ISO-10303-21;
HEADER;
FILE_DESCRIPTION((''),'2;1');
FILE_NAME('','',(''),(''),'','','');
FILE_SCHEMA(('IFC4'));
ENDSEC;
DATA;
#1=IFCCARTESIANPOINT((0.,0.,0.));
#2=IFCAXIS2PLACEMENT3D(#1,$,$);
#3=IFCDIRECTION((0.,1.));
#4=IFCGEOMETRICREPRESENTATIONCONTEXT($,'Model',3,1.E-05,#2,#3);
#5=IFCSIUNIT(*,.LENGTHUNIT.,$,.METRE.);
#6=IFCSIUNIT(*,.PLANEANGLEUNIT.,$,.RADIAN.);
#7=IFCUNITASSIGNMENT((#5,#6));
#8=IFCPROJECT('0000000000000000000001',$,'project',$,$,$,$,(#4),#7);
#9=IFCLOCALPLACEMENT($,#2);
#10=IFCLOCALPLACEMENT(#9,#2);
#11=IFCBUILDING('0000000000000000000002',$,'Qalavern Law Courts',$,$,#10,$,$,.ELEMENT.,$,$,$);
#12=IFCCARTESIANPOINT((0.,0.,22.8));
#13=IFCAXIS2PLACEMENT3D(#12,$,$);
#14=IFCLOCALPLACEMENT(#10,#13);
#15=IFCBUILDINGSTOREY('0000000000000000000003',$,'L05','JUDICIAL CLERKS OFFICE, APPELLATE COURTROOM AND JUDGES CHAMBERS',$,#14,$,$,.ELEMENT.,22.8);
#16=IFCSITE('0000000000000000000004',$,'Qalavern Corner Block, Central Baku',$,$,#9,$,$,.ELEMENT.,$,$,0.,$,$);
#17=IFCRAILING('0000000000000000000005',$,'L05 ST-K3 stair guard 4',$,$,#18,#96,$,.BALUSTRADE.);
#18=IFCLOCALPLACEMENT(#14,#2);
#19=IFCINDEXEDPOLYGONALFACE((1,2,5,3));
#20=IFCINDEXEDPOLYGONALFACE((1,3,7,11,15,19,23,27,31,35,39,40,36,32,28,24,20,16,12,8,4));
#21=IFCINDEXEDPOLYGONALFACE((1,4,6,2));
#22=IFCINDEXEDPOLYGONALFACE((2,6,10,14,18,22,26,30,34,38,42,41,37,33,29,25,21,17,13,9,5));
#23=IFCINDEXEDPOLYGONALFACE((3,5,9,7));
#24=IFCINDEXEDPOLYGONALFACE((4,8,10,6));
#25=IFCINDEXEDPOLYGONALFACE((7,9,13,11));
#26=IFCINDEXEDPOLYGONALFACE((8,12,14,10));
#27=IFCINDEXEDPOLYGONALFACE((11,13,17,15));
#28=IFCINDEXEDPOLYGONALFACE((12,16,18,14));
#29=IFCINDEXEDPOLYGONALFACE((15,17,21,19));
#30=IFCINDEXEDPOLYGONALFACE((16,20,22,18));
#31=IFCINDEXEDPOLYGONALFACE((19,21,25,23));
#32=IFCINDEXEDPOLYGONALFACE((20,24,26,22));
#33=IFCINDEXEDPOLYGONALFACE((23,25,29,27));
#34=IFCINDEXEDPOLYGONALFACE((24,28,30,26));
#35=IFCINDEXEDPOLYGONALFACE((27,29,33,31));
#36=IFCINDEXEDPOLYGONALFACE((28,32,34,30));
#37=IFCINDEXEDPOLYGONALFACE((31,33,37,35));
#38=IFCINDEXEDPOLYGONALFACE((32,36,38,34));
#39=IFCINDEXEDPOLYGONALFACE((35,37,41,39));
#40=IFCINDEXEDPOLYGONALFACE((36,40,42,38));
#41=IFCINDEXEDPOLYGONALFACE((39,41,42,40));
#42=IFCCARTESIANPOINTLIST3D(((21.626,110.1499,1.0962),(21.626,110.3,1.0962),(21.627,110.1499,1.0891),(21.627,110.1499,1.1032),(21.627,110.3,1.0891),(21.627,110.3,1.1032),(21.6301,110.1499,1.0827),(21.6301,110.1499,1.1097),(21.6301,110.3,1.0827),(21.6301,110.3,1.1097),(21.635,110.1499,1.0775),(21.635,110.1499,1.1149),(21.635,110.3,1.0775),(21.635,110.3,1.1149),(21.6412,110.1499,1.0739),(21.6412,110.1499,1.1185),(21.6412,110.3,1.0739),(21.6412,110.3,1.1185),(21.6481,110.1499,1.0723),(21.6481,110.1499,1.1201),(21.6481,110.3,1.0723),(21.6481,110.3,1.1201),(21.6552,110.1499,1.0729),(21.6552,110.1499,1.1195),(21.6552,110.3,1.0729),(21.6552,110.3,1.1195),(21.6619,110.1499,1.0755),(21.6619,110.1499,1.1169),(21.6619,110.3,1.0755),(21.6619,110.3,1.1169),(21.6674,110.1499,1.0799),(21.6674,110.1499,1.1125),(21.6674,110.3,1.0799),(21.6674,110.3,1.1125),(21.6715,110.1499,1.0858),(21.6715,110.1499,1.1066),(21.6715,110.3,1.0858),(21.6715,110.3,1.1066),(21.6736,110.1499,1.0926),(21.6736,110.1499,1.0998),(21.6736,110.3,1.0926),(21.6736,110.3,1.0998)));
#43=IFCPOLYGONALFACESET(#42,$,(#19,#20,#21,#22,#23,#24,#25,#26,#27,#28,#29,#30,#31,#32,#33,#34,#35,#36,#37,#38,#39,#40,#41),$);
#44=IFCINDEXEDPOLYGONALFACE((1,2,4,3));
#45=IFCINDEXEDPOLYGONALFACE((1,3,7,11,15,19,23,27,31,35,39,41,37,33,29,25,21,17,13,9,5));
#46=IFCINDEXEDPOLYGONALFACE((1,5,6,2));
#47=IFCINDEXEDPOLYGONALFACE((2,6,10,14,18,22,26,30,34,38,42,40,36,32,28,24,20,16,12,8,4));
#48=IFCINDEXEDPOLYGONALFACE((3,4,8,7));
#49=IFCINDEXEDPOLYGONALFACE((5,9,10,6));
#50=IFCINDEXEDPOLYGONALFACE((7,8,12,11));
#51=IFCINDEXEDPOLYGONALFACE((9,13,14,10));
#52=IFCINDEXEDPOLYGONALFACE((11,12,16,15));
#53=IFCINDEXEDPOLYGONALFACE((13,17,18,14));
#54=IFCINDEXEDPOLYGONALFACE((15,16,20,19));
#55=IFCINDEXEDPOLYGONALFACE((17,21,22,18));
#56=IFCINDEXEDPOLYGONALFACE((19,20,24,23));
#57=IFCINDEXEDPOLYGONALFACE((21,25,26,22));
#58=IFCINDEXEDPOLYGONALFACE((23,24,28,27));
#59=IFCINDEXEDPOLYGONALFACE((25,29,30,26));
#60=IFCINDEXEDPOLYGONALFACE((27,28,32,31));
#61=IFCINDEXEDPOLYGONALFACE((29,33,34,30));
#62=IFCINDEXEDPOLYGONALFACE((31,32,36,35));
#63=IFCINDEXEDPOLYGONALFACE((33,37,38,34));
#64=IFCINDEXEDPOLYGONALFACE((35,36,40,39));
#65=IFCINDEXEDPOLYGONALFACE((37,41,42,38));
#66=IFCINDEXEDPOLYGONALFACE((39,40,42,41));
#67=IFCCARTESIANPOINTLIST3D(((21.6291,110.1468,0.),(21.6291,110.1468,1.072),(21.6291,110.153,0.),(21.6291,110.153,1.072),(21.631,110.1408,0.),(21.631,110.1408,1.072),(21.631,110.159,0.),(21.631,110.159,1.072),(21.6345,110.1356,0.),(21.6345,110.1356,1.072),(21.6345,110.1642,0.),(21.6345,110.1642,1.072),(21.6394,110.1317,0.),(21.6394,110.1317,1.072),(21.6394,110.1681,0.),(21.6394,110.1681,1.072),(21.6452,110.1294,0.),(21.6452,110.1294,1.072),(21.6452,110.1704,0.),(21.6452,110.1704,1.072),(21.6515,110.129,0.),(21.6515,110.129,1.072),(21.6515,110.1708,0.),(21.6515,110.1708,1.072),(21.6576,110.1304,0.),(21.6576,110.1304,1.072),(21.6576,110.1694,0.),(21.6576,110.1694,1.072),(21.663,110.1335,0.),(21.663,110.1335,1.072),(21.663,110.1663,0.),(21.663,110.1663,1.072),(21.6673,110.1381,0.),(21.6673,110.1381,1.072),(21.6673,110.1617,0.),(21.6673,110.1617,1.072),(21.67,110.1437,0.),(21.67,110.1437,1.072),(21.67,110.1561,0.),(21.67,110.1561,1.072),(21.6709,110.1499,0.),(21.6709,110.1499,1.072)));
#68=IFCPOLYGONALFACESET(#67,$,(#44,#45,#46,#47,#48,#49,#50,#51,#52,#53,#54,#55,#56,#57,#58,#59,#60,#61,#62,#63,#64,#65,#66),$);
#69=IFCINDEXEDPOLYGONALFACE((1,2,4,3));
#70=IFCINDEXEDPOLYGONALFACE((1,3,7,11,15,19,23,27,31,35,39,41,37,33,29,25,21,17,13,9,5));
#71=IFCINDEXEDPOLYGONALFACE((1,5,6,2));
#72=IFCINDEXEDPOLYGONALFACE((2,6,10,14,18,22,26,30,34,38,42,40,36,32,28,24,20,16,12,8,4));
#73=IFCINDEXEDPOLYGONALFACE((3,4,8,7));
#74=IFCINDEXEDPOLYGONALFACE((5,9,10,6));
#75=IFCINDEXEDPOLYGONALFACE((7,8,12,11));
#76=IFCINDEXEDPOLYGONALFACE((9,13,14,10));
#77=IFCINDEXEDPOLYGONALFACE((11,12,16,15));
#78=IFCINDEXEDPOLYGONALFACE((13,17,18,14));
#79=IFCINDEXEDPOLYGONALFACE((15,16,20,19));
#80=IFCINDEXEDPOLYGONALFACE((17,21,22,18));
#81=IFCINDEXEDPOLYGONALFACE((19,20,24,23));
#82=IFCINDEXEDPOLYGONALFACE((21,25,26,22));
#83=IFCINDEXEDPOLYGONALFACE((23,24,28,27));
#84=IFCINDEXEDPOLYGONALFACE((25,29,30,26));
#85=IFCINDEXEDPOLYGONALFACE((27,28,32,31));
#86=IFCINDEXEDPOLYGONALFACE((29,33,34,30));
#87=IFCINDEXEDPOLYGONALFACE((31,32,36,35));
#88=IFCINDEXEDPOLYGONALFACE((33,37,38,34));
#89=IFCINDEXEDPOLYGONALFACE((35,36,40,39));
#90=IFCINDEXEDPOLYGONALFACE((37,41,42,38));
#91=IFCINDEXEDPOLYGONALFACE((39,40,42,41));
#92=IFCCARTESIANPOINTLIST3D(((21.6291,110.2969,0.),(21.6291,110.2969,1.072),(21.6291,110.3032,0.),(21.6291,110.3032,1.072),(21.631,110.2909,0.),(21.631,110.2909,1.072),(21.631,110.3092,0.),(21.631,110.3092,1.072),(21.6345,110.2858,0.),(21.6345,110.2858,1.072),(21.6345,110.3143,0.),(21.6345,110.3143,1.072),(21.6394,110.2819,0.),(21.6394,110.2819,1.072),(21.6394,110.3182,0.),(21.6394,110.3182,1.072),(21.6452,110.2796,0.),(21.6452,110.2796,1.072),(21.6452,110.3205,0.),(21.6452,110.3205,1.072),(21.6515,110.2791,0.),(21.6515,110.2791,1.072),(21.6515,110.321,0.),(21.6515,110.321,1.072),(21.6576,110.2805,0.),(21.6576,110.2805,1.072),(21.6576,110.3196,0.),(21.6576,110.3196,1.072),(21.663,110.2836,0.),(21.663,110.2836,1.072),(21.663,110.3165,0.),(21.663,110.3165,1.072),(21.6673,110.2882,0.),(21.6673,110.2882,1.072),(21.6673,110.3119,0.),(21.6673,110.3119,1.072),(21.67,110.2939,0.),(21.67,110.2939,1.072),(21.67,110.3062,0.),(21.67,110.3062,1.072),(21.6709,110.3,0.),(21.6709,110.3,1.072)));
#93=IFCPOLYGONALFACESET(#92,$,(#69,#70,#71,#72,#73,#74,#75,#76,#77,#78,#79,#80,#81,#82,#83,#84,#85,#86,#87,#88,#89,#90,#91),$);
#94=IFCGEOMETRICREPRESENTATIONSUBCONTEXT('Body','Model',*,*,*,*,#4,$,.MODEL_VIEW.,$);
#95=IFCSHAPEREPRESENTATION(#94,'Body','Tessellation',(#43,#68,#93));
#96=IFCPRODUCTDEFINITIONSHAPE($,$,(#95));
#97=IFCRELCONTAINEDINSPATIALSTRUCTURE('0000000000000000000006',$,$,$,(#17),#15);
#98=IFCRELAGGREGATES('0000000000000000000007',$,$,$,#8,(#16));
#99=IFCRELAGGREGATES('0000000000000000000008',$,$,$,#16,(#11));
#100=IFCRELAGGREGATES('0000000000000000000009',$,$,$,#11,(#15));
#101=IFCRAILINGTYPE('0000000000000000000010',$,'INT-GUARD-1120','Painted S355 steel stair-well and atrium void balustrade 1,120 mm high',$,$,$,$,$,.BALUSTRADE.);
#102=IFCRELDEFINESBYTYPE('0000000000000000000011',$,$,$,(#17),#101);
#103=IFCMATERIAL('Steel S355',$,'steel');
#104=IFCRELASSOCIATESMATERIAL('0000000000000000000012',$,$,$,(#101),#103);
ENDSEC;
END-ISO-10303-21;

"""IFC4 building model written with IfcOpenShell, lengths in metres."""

from ifc_helpers import new_model, si_unit, direction, frame, origin, origin_2d, place, context, subcontext, project, spatial, circle, extrude, material, type_object, element, save


model = new_model("IFC4")

# Units and contexts
model_context = context("Model", 3, precision=1e-05, world=origin(), true_north=direction((0.0, 1.0)))
body_context = subcontext(model_context, "Body", "Model", "MODEL_VIEW")
ifc_project = project(units=[si_unit("LENGTHUNIT", "METRE"), si_unit("PLANEANGLEUNIT", "RADIAN")], contexts=[model_context])

# Site, building, storey
site_placement = place(None, origin())
site = spatial("IfcSite", under=ifc_project, at=site_placement, Name="Qalavern Corner Block, Central Baku", CompositionType="ELEMENT", RefElevation=0.0)
building_placement = place(site_placement, origin())
building = spatial("IfcBuilding", under=site, at=building_placement, Name="Qalavern Law Courts", CompositionType="ELEMENT")
storey_placement = place(building_placement, frame((0.0, 0.0, 22.8)))
storey = spatial("IfcBuildingStorey", under=building, at=storey_placement, Name="L05", Description="JUDICIAL CLERKS OFFICE, APPELLATE COURTROOM AND JUDGES CHAMBERS", CompositionType="ELEMENT", Elevation=22.8)

# Railing
ifc_material_1 = material(Name="Steel S355", Category="steel")
railing_type_1 = type_object("IfcRailingType", Name="INT-GUARD-1120", Description="Painted S355 steel stair-well and atrium void balustrade 1,120 mm high", PredefinedType="BALUSTRADE", material=ifc_material_1)
railing_1_placement = place(storey_placement, frame((21.6499, 110.1499, 0.0)))
element("IfcRailing", 1, at=railing_1_placement, inside=storey, type_object=railing_type_1, Name="L05 ST-K3 stair guard 4", PredefinedType="BALUSTRADE", context=body_context, shape_type="SweptSolid", body=[
    extrude(circle(Radius=0.0239, at=origin_2d()), frame((0.0, 0.0, 1.0962), z_axis=(0.0, 1.0, 0.0), x_axis=(-1.0, 0.0, 0.0)), (0.0, 0.0, 1.0), 0.1501),
    extrude(circle(Radius=0.021, at=origin_2d()), origin(), (0.0, 0.0, 1.0), 1.072),
    extrude(circle(Radius=0.021, at=origin_2d()), frame((0.0, 0.1501, 0.0)), (0.0, 0.0, 1.0), 1.072),
])

save(model, "model.ifc")
